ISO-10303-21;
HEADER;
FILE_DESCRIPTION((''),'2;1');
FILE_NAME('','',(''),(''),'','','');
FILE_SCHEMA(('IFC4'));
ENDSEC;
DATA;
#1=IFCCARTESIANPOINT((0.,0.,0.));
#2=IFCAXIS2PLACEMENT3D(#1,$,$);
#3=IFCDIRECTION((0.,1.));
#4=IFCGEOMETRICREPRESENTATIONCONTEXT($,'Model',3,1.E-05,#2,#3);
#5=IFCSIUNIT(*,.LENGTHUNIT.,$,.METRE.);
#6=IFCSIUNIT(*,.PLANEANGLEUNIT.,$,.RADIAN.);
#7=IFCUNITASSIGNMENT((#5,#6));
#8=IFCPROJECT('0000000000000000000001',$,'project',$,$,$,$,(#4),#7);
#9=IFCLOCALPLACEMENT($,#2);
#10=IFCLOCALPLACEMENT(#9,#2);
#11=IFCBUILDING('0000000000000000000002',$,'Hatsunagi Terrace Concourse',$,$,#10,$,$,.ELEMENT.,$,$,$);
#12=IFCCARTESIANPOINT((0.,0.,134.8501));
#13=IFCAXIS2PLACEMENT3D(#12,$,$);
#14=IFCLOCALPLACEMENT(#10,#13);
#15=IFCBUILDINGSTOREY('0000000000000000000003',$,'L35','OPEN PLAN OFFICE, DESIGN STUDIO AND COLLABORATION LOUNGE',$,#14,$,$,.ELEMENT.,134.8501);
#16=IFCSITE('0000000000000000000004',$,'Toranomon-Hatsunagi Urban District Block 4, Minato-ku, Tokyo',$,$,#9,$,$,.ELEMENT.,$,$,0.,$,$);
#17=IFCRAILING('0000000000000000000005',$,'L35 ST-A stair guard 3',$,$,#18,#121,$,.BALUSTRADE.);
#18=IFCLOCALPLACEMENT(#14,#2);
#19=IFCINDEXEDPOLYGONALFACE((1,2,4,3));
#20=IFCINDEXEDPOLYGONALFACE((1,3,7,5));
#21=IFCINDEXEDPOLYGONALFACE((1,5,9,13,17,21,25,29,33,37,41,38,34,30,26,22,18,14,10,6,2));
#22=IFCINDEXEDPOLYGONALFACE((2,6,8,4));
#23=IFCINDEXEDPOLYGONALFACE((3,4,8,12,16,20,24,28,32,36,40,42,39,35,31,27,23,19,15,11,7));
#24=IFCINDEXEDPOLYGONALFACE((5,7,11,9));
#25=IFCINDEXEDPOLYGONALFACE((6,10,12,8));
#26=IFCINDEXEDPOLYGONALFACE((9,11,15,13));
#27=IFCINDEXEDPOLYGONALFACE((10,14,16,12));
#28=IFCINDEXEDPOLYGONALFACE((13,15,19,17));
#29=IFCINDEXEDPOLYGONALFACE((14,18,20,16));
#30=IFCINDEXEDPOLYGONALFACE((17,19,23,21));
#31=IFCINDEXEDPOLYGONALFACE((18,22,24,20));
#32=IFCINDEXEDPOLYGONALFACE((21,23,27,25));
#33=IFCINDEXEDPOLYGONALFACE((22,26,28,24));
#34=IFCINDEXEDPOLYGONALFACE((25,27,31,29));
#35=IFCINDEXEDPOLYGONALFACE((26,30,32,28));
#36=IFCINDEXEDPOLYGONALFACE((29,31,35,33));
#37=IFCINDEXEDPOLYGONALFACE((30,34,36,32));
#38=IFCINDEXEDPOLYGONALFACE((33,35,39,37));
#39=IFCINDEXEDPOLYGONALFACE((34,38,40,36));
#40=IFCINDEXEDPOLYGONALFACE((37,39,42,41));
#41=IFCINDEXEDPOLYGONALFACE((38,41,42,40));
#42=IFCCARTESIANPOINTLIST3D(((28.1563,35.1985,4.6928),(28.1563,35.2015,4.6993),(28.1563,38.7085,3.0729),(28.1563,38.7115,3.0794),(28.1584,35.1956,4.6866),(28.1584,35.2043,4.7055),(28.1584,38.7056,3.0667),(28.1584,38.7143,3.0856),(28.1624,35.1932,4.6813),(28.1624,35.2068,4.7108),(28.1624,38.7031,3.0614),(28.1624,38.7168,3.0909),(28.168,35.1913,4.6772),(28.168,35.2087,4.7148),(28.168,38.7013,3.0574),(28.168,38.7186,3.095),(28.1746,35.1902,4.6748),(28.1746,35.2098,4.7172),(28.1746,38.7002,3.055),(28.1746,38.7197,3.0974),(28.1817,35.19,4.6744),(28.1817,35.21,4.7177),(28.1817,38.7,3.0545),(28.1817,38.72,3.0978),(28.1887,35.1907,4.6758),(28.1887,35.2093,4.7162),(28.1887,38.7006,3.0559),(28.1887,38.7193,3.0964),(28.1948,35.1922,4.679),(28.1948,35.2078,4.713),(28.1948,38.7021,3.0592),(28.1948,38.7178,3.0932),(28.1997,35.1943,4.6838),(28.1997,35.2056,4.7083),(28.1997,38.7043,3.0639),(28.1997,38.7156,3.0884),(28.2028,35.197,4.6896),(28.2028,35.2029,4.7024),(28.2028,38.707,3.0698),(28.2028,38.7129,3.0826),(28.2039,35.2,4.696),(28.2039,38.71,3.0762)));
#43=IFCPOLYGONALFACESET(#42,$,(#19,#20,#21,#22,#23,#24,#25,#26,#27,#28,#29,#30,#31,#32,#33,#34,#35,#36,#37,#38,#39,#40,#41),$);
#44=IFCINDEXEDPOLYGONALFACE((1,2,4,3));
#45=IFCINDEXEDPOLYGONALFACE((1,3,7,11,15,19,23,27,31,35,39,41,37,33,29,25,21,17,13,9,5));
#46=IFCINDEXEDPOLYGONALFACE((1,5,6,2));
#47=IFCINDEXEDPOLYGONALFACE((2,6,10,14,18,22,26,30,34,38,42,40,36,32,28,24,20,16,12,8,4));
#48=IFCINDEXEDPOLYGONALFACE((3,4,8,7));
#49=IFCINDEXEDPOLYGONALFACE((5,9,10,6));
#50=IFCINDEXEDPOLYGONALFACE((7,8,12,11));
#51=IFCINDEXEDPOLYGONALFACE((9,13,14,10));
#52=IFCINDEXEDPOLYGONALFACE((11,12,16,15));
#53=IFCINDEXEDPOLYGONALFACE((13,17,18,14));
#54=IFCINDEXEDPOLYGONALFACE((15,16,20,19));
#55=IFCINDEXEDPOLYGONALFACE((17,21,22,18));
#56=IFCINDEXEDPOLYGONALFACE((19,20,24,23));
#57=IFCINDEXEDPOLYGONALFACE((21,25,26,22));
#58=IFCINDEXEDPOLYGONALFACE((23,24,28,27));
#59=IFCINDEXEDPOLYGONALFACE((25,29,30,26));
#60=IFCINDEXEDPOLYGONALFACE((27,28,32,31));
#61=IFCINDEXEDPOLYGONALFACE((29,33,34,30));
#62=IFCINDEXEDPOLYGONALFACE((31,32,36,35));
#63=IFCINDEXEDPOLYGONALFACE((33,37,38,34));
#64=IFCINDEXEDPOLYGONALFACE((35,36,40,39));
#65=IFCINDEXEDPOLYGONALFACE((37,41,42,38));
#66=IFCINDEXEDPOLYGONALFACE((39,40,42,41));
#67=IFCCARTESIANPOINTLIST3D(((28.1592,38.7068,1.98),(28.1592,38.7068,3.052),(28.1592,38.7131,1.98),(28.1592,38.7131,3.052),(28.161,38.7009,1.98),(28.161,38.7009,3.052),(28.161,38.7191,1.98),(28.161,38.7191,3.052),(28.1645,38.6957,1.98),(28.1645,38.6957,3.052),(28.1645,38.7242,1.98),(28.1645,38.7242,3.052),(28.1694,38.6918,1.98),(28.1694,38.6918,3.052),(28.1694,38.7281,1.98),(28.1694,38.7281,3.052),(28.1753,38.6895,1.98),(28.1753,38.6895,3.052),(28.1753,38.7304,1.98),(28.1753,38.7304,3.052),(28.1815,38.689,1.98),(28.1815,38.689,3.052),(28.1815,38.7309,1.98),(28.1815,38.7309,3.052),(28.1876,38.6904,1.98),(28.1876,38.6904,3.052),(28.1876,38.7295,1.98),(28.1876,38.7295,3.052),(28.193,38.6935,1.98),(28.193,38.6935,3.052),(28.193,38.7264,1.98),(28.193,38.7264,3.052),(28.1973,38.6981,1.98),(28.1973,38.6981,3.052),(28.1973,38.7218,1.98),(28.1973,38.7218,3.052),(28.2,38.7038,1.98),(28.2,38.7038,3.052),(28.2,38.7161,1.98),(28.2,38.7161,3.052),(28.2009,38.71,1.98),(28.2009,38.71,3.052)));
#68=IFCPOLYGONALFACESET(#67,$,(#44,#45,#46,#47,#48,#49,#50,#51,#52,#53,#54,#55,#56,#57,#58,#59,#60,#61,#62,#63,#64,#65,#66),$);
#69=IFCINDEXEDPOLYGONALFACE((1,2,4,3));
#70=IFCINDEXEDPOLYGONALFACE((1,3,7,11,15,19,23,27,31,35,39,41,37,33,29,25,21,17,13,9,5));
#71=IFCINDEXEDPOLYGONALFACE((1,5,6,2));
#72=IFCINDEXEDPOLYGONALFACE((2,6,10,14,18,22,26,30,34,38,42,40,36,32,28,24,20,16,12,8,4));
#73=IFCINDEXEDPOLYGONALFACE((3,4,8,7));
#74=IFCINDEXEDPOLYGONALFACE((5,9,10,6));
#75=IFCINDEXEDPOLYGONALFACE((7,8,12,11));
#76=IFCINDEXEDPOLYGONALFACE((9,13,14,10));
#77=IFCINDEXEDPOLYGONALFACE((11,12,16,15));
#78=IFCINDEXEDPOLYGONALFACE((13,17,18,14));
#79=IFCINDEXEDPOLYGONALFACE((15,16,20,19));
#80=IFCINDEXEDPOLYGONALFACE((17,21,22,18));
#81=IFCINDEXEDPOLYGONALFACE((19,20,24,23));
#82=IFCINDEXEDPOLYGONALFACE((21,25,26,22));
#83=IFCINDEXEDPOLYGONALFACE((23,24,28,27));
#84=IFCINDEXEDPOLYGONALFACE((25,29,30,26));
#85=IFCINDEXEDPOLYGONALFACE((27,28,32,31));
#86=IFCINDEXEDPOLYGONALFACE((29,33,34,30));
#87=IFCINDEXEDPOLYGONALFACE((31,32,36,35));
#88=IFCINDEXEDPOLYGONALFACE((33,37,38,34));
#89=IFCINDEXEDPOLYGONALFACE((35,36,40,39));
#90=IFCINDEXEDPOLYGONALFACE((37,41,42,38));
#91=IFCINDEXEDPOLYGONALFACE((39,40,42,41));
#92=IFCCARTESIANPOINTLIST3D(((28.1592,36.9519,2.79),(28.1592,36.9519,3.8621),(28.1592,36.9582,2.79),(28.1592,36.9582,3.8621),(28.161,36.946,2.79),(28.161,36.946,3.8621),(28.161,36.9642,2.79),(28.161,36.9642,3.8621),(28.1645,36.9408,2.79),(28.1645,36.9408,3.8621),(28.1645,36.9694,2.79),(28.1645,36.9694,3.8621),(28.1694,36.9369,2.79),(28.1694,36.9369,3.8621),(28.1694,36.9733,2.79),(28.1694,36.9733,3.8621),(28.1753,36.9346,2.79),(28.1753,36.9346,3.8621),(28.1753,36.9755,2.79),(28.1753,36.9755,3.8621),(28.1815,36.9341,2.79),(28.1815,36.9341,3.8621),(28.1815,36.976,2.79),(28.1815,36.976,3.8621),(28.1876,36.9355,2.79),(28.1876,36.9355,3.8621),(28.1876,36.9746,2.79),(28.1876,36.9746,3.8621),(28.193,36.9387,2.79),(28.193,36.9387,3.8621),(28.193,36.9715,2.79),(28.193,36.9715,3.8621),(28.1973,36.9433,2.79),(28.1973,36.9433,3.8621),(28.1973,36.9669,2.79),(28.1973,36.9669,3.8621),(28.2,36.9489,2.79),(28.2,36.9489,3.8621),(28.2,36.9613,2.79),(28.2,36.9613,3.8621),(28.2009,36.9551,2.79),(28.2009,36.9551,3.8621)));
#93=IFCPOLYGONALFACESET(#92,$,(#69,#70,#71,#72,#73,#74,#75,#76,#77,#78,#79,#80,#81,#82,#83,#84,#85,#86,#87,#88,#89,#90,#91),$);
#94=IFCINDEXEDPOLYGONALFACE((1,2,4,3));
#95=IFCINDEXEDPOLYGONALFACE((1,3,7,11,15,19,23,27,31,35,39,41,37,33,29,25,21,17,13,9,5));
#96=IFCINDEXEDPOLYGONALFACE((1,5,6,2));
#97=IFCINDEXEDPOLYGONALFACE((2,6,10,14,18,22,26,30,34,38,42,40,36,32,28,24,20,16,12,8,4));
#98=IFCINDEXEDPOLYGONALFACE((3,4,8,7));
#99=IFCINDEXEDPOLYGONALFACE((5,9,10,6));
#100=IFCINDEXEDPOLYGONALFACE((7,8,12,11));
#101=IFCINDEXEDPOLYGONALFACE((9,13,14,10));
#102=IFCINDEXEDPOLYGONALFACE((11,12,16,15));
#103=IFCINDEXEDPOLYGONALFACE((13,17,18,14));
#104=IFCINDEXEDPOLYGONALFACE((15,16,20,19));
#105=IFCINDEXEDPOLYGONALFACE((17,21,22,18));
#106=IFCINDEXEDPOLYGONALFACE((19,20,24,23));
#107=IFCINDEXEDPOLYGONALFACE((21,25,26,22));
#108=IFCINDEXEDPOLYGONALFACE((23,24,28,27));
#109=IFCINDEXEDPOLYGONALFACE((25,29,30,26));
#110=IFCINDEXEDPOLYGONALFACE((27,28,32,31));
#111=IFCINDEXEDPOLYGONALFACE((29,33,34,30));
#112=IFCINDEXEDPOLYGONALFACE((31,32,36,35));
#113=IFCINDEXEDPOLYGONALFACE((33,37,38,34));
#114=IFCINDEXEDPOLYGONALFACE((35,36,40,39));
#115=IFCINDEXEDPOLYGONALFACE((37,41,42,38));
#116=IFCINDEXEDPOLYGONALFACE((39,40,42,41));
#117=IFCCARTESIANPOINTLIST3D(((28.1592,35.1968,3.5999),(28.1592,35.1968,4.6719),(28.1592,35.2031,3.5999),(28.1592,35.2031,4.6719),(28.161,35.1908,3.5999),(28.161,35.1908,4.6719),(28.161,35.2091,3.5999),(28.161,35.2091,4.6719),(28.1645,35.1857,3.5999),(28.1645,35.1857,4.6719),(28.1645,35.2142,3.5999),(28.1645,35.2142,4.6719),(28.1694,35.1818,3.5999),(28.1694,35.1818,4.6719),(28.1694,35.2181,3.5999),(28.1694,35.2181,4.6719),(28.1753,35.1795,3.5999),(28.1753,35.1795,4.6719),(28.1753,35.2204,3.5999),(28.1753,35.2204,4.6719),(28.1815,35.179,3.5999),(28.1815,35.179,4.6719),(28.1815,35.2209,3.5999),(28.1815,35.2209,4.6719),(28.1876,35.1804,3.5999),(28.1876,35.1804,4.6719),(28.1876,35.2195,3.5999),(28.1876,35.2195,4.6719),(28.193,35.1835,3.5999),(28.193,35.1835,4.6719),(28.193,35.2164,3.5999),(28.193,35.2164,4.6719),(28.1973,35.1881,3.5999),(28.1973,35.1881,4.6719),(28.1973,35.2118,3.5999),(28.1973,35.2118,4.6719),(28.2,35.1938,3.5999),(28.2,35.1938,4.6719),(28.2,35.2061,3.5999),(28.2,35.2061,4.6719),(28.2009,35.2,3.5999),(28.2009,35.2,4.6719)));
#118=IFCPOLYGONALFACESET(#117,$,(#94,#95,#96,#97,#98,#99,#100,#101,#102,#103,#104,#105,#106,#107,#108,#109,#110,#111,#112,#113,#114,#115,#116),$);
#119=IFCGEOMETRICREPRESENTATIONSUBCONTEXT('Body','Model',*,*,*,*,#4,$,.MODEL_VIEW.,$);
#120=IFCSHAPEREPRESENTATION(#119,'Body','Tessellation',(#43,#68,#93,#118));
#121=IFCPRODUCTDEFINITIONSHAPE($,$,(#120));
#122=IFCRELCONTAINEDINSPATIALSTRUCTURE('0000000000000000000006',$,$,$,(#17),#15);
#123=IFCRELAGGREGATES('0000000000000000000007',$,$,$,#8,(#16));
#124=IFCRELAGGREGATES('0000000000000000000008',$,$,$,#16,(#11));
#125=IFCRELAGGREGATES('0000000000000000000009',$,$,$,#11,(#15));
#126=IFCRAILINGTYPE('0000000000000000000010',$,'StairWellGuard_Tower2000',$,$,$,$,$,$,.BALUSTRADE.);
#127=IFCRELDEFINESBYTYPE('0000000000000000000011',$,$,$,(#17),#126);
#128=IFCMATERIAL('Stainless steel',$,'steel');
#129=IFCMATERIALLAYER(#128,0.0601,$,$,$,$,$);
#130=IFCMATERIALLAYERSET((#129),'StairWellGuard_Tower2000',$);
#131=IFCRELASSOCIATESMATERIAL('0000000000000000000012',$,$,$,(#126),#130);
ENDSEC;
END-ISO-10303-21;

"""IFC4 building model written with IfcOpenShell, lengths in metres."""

from ifc_helpers import new_model, si_unit, direction, frame, origin, origin_2d, place, context, subcontext, project, spatial, circle, extrude, material, layer, layer_set, type_object, element, save


model = new_model("IFC4")

# Units and contexts
model_context = context("Model", 3, precision=1e-05, world=origin(), true_north=direction((0.0, 1.0)))
body_context = subcontext(model_context, "Body", "Model", "MODEL_VIEW")
ifc_project = project(units=[si_unit("LENGTHUNIT", "METRE"), si_unit("PLANEANGLEUNIT", "RADIAN")], contexts=[model_context])

# Site, building, storey
site_placement = place(None, origin())
site = spatial("IfcSite", under=ifc_project, at=site_placement, Name="Toranomon-Hatsunagi Urban District Block 4, Minato-ku, Tokyo", CompositionType="ELEMENT", RefElevation=0.0)
building_placement = place(site_placement, origin())
building = spatial("IfcBuilding", under=site, at=building_placement, Name="Hatsunagi Terrace Concourse", CompositionType="ELEMENT")
storey_placement = place(building_placement, frame((0.0, 0.0, 134.8501)))
storey = spatial("IfcBuildingStorey", under=building, at=storey_placement, Name="L35", Description="OPEN PLAN OFFICE, DESIGN STUDIO AND COLLABORATION LOUNGE", CompositionType="ELEMENT", Elevation=134.8501)

# Railing
ifc_material_1 = material(Name="Stainless steel", Category="steel")
ifc_layer_1 = layer(ifc_material_1, 0.0601)
ifc_layer_set_1 = layer_set([ifc_layer_1], Name="StairWellGuard_Tower2000")
railing_type = type_object("IfcRailingType", Name="StairWellGuard_Tower2000", PredefinedType="BALUSTRADE", material=ifc_layer_set_1)
railing_1_placement = place(storey_placement, frame((28.1799, 38.71, 1.98)))
element("IfcRailing", 1, at=railing_1_placement, inside=storey, type_object=railing_type, Name="L35 ST-A stair guard 3", PredefinedType="BALUSTRADE", context=body_context, shape_type="SweptSolid", body=[
    extrude(circle(Radius=0.0239, at=origin_2d()), frame((0.0, 0.0, 1.0962), z_axis=(0.0, -0.907972, 0.41903), x_axis=(1.0, 0.0, 0.0)), (0.0, 0.0, 1.0), 3.8657),
    extrude(circle(Radius=0.021, at=origin_2d()), origin(), (0.0, 0.0, 1.0), 1.072),
    extrude(circle(Radius=0.021, at=origin_2d()), frame((0.0, -1.7549, 0.8101)), (0.0, 0.0, 1.0), 1.072),
    extrude(circle(Radius=0.021, at=origin_2d()), frame((0.0, -3.51, 1.6199)), (0.0, 0.0, 1.0), 1.072),
])

save(model, "model.ifc")
